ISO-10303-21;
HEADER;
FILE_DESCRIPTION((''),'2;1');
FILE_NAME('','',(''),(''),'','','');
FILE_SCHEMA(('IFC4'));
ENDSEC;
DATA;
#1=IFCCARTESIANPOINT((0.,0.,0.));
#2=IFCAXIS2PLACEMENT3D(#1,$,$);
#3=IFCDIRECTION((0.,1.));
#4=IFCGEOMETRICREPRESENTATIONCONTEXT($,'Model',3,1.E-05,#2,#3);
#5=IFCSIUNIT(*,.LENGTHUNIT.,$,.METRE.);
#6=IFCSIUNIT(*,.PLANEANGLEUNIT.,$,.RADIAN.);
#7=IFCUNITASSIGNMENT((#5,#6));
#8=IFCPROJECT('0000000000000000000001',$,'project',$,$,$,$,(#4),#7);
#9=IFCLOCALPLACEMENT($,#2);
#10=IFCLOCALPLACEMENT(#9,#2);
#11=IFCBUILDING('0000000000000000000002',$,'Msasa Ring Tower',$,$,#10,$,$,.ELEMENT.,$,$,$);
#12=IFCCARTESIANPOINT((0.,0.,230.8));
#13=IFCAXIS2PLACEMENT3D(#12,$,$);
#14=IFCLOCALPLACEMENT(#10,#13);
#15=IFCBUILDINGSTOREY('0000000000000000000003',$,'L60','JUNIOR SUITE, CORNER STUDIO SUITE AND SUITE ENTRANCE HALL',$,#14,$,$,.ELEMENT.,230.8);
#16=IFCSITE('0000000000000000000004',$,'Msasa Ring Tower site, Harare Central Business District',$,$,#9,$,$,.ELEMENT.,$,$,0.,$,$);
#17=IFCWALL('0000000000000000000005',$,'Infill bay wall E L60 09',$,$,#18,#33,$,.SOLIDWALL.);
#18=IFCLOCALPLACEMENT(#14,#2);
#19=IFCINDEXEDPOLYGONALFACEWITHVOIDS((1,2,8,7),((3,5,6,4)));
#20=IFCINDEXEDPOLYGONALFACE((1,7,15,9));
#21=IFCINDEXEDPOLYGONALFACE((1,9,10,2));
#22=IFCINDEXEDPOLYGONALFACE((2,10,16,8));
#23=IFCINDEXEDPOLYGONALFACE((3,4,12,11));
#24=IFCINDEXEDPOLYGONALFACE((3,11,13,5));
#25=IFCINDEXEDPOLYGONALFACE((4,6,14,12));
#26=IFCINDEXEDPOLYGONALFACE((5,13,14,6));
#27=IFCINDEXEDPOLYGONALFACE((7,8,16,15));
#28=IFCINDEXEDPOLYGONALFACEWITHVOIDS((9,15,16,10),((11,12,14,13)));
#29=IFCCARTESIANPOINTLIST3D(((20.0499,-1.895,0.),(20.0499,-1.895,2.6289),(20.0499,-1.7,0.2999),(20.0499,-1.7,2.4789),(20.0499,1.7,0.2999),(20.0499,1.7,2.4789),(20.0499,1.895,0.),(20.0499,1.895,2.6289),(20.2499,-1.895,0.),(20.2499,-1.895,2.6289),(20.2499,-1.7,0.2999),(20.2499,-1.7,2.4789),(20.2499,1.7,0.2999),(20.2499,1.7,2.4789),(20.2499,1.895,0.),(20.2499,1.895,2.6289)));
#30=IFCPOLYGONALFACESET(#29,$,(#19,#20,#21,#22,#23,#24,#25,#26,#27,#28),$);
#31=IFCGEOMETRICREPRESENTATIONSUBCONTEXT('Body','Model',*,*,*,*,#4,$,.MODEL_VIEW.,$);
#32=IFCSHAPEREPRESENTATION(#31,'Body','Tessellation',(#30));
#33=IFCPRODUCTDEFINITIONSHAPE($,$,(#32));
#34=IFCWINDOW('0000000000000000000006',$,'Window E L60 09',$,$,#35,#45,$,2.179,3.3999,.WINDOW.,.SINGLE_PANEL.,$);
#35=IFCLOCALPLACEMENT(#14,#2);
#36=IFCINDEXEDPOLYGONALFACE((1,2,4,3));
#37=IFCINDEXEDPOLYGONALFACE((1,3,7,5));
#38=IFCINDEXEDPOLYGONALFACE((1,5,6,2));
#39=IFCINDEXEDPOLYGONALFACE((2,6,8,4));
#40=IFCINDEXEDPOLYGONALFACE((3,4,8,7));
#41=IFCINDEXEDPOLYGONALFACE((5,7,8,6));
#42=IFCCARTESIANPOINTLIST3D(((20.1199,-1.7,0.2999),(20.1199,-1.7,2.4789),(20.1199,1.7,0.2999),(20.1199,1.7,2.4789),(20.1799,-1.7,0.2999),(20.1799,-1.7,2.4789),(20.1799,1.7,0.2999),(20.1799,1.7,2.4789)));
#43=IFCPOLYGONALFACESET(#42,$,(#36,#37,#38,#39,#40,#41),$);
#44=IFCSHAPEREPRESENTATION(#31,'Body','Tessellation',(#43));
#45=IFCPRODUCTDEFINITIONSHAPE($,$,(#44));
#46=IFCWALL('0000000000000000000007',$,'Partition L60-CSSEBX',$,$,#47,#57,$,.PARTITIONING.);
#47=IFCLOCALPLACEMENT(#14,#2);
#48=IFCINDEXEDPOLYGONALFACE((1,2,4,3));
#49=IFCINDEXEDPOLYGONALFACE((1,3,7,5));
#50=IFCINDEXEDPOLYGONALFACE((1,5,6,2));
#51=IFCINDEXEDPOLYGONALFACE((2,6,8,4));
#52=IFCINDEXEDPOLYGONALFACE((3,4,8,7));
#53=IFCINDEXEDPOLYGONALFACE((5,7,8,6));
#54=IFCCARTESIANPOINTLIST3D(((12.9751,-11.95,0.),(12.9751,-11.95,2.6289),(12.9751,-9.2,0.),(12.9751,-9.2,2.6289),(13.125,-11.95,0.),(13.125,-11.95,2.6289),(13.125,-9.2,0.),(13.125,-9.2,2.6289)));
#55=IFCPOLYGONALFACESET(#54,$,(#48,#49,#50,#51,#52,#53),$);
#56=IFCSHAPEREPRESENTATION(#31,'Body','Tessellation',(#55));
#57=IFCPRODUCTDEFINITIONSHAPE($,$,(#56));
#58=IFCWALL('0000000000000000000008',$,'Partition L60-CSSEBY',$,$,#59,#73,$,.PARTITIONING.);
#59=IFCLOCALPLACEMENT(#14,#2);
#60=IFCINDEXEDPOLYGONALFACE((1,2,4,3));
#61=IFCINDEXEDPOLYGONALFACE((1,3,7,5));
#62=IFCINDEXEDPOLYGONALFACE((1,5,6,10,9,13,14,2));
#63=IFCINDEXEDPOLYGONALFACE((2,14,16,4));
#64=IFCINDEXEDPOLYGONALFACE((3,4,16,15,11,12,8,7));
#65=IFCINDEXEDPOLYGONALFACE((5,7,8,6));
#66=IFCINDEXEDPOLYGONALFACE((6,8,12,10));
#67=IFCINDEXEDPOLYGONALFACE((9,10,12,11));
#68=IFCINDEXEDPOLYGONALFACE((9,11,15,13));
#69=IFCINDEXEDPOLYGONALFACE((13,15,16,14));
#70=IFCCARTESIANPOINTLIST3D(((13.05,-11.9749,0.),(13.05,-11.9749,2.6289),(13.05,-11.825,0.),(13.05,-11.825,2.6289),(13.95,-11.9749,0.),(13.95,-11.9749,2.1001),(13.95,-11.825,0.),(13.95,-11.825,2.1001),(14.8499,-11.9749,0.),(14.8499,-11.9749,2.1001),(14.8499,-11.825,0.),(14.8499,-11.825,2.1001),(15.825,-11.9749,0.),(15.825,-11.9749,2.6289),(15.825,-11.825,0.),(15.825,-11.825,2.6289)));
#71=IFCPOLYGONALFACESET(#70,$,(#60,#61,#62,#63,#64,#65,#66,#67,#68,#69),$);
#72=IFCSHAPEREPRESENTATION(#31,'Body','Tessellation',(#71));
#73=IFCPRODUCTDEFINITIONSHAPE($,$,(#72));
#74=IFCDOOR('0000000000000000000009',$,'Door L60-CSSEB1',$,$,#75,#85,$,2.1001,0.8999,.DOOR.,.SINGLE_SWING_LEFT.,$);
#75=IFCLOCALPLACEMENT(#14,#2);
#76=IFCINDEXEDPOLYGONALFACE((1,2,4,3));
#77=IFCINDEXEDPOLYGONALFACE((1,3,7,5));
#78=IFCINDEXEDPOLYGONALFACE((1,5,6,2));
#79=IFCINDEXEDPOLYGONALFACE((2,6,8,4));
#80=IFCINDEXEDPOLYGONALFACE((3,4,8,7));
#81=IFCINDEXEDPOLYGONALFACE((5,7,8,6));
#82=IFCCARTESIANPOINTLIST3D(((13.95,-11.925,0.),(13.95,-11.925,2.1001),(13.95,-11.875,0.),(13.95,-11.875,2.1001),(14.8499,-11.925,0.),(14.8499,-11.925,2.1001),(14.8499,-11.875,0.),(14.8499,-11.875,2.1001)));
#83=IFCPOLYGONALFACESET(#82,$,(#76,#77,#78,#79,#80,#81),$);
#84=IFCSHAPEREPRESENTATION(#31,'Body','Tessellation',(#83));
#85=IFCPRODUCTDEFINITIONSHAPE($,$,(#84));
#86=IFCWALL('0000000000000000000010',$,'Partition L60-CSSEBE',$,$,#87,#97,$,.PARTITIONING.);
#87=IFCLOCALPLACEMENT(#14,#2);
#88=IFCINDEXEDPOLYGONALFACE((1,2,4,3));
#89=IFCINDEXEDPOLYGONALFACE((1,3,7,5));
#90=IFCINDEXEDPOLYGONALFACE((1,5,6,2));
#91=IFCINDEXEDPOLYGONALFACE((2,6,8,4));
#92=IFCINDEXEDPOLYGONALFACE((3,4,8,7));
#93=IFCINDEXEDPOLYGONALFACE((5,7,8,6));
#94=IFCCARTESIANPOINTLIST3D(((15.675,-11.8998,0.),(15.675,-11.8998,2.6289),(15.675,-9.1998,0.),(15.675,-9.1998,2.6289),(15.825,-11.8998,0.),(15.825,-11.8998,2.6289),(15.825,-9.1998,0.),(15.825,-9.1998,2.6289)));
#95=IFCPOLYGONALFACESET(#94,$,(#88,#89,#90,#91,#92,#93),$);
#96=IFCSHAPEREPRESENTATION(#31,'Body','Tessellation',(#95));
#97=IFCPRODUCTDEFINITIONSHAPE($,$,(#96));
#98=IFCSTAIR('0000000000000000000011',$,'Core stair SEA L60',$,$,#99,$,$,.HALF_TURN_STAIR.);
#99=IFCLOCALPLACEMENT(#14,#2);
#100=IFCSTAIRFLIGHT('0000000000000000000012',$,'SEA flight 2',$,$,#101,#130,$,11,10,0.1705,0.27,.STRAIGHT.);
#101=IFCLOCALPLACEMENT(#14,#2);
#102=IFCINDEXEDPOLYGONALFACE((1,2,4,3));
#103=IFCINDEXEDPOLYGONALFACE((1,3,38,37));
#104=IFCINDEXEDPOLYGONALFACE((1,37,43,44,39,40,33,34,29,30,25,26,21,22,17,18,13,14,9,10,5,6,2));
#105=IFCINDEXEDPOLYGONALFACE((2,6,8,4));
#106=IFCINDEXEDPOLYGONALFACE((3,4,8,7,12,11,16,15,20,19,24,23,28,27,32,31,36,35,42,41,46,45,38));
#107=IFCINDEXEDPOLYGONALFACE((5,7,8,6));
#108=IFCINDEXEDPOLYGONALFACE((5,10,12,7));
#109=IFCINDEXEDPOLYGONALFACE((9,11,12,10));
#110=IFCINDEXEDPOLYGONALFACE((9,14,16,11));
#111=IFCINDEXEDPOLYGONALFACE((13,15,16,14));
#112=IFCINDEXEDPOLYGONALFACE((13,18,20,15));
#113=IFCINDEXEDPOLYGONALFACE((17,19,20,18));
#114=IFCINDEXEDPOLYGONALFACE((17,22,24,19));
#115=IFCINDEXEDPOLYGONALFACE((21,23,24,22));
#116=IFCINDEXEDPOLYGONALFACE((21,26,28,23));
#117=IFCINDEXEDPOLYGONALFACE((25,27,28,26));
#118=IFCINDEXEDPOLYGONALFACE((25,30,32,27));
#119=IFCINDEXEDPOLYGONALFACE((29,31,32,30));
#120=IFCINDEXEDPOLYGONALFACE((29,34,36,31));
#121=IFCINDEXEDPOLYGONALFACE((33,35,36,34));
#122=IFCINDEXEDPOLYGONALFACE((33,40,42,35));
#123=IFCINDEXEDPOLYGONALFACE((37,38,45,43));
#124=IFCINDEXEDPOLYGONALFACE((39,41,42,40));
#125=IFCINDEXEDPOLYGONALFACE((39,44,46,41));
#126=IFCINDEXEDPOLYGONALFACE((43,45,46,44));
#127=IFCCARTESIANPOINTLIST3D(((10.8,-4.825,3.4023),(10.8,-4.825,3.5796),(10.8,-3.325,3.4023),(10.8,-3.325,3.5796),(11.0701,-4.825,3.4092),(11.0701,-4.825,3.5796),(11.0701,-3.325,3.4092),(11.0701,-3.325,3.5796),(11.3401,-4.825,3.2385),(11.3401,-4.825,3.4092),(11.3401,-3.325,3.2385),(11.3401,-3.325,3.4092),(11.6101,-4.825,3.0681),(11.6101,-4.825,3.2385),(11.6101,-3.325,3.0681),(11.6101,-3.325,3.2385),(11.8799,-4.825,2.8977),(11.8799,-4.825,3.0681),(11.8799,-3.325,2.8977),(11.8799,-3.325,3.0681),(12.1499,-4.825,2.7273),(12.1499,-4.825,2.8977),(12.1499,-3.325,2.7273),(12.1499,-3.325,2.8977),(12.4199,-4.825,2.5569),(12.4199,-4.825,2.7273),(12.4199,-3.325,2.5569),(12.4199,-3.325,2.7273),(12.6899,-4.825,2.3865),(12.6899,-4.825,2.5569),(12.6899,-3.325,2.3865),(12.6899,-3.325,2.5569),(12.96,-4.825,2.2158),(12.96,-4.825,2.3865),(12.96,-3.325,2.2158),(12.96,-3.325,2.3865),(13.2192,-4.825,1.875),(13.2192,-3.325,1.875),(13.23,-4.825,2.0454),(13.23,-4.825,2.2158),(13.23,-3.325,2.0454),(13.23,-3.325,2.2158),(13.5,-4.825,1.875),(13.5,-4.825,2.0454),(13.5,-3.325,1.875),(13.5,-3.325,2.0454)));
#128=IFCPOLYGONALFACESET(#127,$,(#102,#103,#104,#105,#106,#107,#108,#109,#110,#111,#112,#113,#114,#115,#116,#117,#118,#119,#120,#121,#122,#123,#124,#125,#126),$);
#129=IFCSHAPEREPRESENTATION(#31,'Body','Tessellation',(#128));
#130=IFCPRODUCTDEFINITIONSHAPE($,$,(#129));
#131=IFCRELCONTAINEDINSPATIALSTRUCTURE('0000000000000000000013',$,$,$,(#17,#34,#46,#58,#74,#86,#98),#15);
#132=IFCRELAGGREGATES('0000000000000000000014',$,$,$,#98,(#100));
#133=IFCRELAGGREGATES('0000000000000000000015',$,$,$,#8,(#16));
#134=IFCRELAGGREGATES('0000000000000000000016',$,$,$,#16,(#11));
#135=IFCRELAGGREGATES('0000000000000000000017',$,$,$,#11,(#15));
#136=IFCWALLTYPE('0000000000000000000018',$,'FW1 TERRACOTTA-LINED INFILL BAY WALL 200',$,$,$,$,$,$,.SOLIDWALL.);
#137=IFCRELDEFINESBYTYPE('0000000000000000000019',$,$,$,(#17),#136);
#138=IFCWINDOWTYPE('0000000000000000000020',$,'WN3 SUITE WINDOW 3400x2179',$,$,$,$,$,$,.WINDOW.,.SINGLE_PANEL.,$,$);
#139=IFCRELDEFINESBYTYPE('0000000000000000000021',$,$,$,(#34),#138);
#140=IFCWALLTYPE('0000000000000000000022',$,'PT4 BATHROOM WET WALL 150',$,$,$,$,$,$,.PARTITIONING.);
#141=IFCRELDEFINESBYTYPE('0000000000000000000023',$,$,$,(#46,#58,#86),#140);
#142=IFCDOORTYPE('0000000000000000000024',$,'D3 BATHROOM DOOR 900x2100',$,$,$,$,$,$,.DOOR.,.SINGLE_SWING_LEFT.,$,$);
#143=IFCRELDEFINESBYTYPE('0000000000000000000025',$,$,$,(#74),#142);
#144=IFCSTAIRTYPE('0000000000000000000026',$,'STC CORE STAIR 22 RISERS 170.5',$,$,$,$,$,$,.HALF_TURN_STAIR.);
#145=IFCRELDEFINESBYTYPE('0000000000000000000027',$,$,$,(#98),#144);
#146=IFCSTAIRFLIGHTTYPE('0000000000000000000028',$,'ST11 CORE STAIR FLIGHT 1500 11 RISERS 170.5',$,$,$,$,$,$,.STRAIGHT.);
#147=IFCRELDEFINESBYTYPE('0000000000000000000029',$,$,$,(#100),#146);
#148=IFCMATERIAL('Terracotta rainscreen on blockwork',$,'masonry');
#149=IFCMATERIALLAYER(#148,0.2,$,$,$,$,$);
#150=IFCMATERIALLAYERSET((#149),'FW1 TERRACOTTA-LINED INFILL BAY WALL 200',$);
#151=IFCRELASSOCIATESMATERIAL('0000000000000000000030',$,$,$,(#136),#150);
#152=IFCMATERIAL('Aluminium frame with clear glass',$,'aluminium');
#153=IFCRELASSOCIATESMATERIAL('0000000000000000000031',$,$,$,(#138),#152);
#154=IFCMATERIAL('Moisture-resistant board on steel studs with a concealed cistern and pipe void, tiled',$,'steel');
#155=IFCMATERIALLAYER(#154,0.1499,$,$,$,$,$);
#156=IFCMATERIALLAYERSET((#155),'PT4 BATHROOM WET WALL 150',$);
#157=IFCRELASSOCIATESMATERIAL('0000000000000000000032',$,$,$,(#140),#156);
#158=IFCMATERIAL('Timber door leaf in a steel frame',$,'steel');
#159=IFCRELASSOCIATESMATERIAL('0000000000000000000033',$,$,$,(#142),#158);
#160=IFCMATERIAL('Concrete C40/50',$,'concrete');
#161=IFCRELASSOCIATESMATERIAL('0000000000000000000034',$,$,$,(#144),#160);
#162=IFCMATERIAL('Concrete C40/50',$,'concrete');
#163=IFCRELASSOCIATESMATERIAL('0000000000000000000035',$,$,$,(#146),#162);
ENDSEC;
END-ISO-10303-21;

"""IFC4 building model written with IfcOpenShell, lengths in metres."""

from ifc_helpers import new_model, si_unit, direction, frame, frame_2d, origin, place, context, subcontext, project, spatial, polyline, rectangle, outline, extrude, material, layer, layer_set, type_object, element, fill, aggregate, save


model = new_model("IFC4")

# Units and contexts
model_context = context("Model", 3, precision=1e-05, world=origin(), true_north=direction((0.0, 1.0)))
body_context = subcontext(model_context, "Body", "Model", "MODEL_VIEW")
ifc_project = project(units=[si_unit("LENGTHUNIT", "METRE"), si_unit("PLANEANGLEUNIT", "RADIAN")], contexts=[model_context])

# Site, building, storey
site_placement = place(None, origin())
site = spatial("IfcSite", under=ifc_project, at=site_placement, Name="Msasa Ring Tower site, Harare Central Business District", CompositionType="ELEMENT", RefElevation=0.0)
building_placement = place(site_placement, origin())
building = spatial("IfcBuilding", under=site, at=building_placement, Name="Msasa Ring Tower", CompositionType="ELEMENT")
storey_placement = place(building_placement, frame((0.0, 0.0, 230.8)))
storey = spatial("IfcBuildingStorey", under=building, at=storey_placement, Name="L60", Description="JUNIOR SUITE, CORNER STUDIO SUITE AND SUITE ENTRANCE HALL", CompositionType="ELEMENT", Elevation=230.8)

# Wall, opening, window
ifc_material_1 = material(Name="Terracotta rainscreen on blockwork", Category="masonry")
ifc_layer_1 = layer(ifc_material_1, 0.2)
ifc_layer_set_1 = layer_set([ifc_layer_1], Name="FW1 TERRACOTTA-LINED INFILL BAY WALL 200")
wall_type_1 = type_object("IfcWallType", Name="FW1 TERRACOTTA-LINED INFILL BAY WALL 200", PredefinedType="SOLIDWALL", material=ifc_layer_set_1)
ifc_material_2 = material(Name="Aluminium frame with clear glass", Category="aluminium")
window_type = type_object("IfcWindowType", Name="WN3 SUITE WINDOW 3400x2179", PartitioningType="SINGLE_PANEL", PredefinedType="WINDOW", material=ifc_material_2)
wall_1_placement = place(storey_placement, frame((20.1499, -1.895, 0.0), z_axis=(0.0, 0.0, 1.0), x_axis=(0.0, 1.0, 0.0)))
wall_1 = element("IfcWall", 1, at=wall_1_placement, inside=storey, type_object=wall_type_1, Name="Infill bay wall E L60 09", PredefinedType="SOLIDWALL", context=body_context, shape_type="SweptSolid", body=[
    extrude(rectangle(XDim=3.79, YDim=0.2, at=frame_2d((1.895, 0.0))), origin(), (0.0, 0.0, 1.0), 2.6289),
])
opening_1_placement = place(wall_1_placement, frame((0.1951, 0.0, 0.3)))
opening_1 = element("IfcOpeningElement", 2, at=opening_1_placement, cuts=wall_1, PredefinedType="OPENING", context=body_context, shape_type="SweptSolid", body=[
    extrude(rectangle(XDim=3.3999, YDim=2.179, at=frame_2d((1.7, 1.0894))), frame((0.0, 0.1099, 0.0), z_axis=(0.0, -1.0, 0.0), x_axis=(1.0, 0.0, 0.0)), (0.0, 0.0, 1.0), 0.22),
])
window_1_placement = place(opening_1_placement, origin())
window_1 = element("IfcWindow", 3, at=window_1_placement, inside=storey, type_object=window_type, Name="Window E L60 09", OverallHeight=2.179, OverallWidth=3.3999, PartitioningType="SINGLE_PANEL", PredefinedType="WINDOW", context=body_context, shape_type="SweptSolid", body=[
    extrude(rectangle(XDim=3.3999, YDim=2.179, at=frame_2d((1.7, 1.0894))), frame((0.0, 0.03, 0.0), z_axis=(0.0, -1.0, 0.0), x_axis=(1.0, 0.0, 0.0)), (0.0, 0.0, 1.0), 0.0601),
])
fill(opening_1, window_1)

# Wall
ifc_material_3 = material(Name="Moisture-resistant board on steel studs with a concealed cistern and pipe void, tiled", Category="steel")
ifc_layer_2 = layer(ifc_material_3, 0.1499)
ifc_layer_set_2 = layer_set([ifc_layer_2], Name="PT4 BATHROOM WET WALL 150")
wall_type_2 = type_object("IfcWallType", Name="PT4 BATHROOM WET WALL 150", PredefinedType="PARTITIONING", material=ifc_layer_set_2)
wall_2_placement = place(storey_placement, frame((13.05, -11.95, 0.0), z_axis=(0.0, 0.0, 1.0), x_axis=(0.0, 1.0, 0.0)))
element("IfcWall", 4, at=wall_2_placement, inside=storey, type_object=wall_type_2, Name="Partition L60-CSSEBX", PredefinedType="PARTITIONING", context=body_context, shape_type="SweptSolid", body=[
    extrude(rectangle(XDim=2.75, YDim=0.1499, at=frame_2d((1.375, 0.0))), origin(), (0.0, 0.0, 1.0), 2.6289),
])

# Wall, opening, door
wall_3_placement = place(storey_placement, frame((13.05, -11.8999, 0.0), z_axis=(0.0, 0.0, 1.0), x_axis=(1.0, 0.0, 0.0)))
wall_3 = element("IfcWall", 5, at=wall_3_placement, inside=storey, type_object=wall_type_2, Name="Partition L60-CSSEBY", PredefinedType="PARTITIONING", context=body_context, shape_type="SweptSolid", body=[
    extrude(rectangle(XDim=2.7749, YDim=0.1499, at=frame_2d((1.3875, 0.0))), origin(), (0.0, 0.0, 1.0), 2.6289),
])
opening_2_placement = place(wall_3_placement, frame((0.8999, 0.0, 0.0)))
opening_2 = element("IfcOpeningElement", 6, at=opening_2_placement, cuts=wall_3, PredefinedType="OPENING", context=body_context, shape_type="SweptSolid", body=[
    extrude(rectangle(XDim=0.8999, YDim=2.1001, at=frame_2d((0.45, 1.05))), frame((0.0, 0.085, 0.0), z_axis=(0.0, -1.0, 0.0), x_axis=(1.0, 0.0, 0.0)), (0.0, 0.0, 1.0), 0.1699),
])
ifc_material_4 = material(Name="Timber door leaf in a steel frame", Category="steel")
door_type_1 = type_object("IfcDoorType", Name="D3 BATHROOM DOOR 900x2100", OperationType="SINGLE_SWING_LEFT", PredefinedType="DOOR", material=ifc_material_4)
door_1_placement = place(opening_2_placement, origin())
door_1 = element("IfcDoor", 7, at=door_1_placement, inside=storey, type_object=door_type_1, Name="Door L60-CSSEB1", OperationType="SINGLE_SWING_LEFT", OverallHeight=2.1001, OverallWidth=0.8999, PredefinedType="DOOR", context=body_context, shape_type="SweptSolid", body=[
    extrude(rectangle(XDim=0.8999, YDim=2.1001, at=frame_2d((0.45, 1.05))), frame((0.0, 0.0249, 0.0), z_axis=(0.0, -1.0, 0.0), x_axis=(1.0, 0.0, 0.0)), (0.0, 0.0, 1.0), 0.05),
])
fill(opening_2, door_1)

# Wall
wall_4_placement = place(storey_placement, frame((15.75, -11.8999, 0.0), z_axis=(0.0, 0.0, 1.0), x_axis=(0.0, 1.0, 0.0)))
element("IfcWall", 8, at=wall_4_placement, inside=storey, type_object=wall_type_2, Name="Partition L60-CSSEBE", PredefinedType="PARTITIONING", context=body_context, shape_type="SweptSolid", body=[
    extrude(rectangle(XDim=2.7, YDim=0.1499, at=frame_2d((1.3501, 0.0))), origin(), (0.0, 0.0, 1.0), 2.6289),
])

# Stair, stair flight
ifc_material_5 = material(Name="Concrete C40/50", Category="concrete")
stair_type = type_object("IfcStairType", Name="STC CORE STAIR 22 RISERS 170.5", PredefinedType="HALF_TURN_STAIR", material=ifc_material_5)
stair_placement = place(storey_placement, origin())
stair = element("IfcStair", 9, at=stair_placement, inside=storey, type_object=stair_type, Name="Core stair SEA L60", PredefinedType="HALF_TURN_STAIR")
ifc_material_6 = material(Name="Concrete C40/50", Category="concrete")
stair_flight_type = type_object("IfcStairFlightType", Name="ST11 CORE STAIR FLIGHT 1500 11 RISERS 170.5", PredefinedType="STRAIGHT", material=ifc_material_6)
stair_flight_placement = place(storey_placement, frame((13.5, -4.075, 1.875), z_axis=(0.0, 0.0, 1.0), x_axis=(-1.0, 0.0, 0.0)))
stair_flight = element("IfcStairFlight", 10, at=stair_flight_placement, type_object=stair_flight_type, Name="SEA flight 2", NumberOfRisers=11, NumberOfTreads=10, PredefinedType="STRAIGHT", RiserHeight=0.1705, TreadLength=0.27, context=body_context, shape_type="SweptSolid", body=[
    extrude(outline(polyline([(0.0, 0.0), (0.0, 0.1704), (0.27, 0.1704), (0.27, 0.3408), (0.54, 0.3408), (0.54, 0.5115), (0.8101, 0.5115), (0.8101, 0.6819), (1.0801, 0.6819), (1.0801, 0.8523), (1.3501, 0.8523), (1.3501, 1.0227), (1.6201, 1.0227), (1.6201, 1.1931), (1.8899, 1.1931), (1.8899, 1.3635), (2.1599, 1.3635), (2.1599, 1.5342), (2.4299, 1.5342), (2.4299, 1.7046), (2.7, 1.7046), (2.7, 1.875), (2.7, 1.5273), (0.2808, 0.0), (0.0, 0.0)])), frame((0.0, 0.75, 0.0), z_axis=(0.0, -1.0, 0.0), x_axis=(1.0, 0.0, 0.0)), (0.0, 0.0, 1.0), 1.5),
])
aggregate(stair, [stair_flight])

save(model, "model.ifc")
